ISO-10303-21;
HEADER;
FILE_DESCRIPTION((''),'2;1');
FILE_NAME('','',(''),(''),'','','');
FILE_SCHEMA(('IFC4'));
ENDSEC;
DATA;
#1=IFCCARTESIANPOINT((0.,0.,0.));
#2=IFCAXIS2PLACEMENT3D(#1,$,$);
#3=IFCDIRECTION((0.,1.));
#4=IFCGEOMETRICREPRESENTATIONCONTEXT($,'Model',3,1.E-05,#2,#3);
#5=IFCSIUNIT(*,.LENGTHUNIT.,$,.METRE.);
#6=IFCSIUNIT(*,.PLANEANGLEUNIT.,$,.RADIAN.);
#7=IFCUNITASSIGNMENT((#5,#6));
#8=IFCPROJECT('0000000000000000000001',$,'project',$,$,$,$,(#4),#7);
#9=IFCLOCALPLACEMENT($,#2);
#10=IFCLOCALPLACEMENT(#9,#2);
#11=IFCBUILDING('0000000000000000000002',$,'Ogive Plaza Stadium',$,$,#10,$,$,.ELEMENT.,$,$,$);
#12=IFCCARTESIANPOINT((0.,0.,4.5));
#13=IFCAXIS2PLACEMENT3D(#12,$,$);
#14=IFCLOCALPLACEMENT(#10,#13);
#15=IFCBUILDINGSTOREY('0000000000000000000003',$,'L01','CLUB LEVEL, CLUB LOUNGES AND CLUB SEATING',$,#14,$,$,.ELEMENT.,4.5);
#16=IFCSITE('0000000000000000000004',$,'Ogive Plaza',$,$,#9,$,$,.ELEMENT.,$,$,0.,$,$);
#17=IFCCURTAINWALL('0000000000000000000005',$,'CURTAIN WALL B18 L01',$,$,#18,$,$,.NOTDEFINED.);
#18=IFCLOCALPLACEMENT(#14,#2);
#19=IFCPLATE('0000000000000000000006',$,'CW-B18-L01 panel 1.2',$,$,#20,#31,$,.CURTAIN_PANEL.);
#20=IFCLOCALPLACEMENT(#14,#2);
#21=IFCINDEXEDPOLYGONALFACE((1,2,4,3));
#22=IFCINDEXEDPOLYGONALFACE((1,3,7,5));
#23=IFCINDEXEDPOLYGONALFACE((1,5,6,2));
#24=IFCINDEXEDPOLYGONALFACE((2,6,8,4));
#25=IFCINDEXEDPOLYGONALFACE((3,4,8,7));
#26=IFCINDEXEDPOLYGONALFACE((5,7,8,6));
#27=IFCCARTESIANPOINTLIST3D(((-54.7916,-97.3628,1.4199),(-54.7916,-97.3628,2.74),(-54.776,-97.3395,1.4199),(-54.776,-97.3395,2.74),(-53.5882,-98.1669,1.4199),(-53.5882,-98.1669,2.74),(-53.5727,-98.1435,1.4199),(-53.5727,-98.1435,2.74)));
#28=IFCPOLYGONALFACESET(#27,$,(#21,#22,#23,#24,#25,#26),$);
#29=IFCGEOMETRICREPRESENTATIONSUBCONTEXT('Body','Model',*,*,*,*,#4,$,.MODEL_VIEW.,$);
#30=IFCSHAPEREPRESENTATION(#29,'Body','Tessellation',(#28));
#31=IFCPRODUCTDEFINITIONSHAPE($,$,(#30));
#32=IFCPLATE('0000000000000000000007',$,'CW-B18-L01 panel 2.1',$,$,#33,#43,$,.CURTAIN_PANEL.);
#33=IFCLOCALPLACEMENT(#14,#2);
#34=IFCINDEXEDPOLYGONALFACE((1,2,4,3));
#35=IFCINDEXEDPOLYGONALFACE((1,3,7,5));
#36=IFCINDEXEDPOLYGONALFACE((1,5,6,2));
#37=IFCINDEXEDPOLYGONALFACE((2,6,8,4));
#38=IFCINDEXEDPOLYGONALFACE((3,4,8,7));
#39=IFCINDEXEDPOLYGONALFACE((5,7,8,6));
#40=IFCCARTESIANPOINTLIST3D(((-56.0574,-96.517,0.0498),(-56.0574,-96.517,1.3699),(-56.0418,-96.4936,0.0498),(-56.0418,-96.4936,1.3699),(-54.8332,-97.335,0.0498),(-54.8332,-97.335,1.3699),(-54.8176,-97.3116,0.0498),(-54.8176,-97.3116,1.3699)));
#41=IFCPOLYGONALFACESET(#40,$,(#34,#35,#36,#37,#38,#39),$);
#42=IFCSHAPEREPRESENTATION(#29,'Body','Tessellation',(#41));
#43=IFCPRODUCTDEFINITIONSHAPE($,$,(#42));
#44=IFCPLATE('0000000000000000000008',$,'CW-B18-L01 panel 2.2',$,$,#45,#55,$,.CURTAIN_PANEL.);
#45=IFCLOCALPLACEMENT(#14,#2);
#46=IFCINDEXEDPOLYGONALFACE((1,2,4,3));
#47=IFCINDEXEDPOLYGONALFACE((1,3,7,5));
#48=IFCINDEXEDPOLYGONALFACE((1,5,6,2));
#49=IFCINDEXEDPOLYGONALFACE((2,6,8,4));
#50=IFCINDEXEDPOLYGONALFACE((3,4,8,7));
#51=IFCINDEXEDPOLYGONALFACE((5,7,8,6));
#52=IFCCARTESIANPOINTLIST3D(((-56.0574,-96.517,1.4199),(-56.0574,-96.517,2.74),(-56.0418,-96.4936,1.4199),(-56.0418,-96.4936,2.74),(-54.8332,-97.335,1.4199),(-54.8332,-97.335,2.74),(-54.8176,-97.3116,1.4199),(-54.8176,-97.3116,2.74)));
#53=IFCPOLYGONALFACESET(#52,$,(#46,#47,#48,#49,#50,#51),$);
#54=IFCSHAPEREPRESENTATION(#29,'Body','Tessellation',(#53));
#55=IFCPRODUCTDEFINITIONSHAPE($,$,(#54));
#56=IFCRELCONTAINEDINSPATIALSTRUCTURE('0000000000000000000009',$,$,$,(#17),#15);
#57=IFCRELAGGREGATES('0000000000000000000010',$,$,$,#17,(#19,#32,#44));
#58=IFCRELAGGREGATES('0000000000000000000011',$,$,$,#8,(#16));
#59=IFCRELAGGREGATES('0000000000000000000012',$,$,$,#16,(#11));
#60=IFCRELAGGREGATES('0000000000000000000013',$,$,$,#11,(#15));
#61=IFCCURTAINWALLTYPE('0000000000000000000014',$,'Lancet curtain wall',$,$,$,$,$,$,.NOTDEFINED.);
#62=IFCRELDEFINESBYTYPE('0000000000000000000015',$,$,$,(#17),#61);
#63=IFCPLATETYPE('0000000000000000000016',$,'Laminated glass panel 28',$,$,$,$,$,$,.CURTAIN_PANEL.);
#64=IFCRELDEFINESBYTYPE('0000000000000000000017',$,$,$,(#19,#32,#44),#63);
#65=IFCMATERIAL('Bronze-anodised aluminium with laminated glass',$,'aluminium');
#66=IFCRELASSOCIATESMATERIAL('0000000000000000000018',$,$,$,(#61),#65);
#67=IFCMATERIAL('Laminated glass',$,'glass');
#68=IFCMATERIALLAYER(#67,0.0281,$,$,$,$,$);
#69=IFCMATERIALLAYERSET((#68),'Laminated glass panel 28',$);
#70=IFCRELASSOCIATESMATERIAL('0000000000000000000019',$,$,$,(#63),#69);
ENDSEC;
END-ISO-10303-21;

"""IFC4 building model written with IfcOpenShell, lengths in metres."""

from ifc_helpers import new_model, si_unit, direction, frame, origin, origin_2d, place, context, subcontext, project, spatial, rectangle, extrude, material, layer, layer_set, type_object, element, aggregate, save


model = new_model("IFC4")

# Units and contexts
model_context = context("Model", 3, precision=1e-05, world=origin(), true_north=direction((0.0, 1.0)))
body_context = subcontext(model_context, "Body", "Model", "MODEL_VIEW")
ifc_project = project(units=[si_unit("LENGTHUNIT", "METRE"), si_unit("PLANEANGLEUNIT", "RADIAN")], contexts=[model_context])

# Site, building, storey
site_placement = place(None, origin())
site = spatial("IfcSite", under=ifc_project, at=site_placement, Name="Ogive Plaza", CompositionType="ELEMENT", RefElevation=0.0)
building_placement = place(site_placement, origin())
building = spatial("IfcBuilding", under=site, at=building_placement, Name="Ogive Plaza Stadium", CompositionType="ELEMENT")
storey_placement = place(building_placement, frame((0.0, 0.0, 4.5)))
storey = spatial("IfcBuildingStorey", under=building, at=storey_placement, Name="L01", Description="CLUB LEVEL, CLUB LOUNGES AND CLUB SEATING", CompositionType="ELEMENT", Elevation=4.5)

# Curtain wall
ifc_material_1 = material(Name="Bronze-anodised aluminium with laminated glass", Category="aluminium")
curtain_wall_type = type_object("IfcCurtainWallType", Name="Lancet curtain wall", PredefinedType="NOTDEFINED", material=ifc_material_1)
curtain_wall_1_placement = place(storey_placement, origin())
curtain_wall_1 = element("IfcCurtainWall", 1, at=curtain_wall_1_placement, inside=storey, type_object=curtain_wall_type, Name="CURTAIN WALL B18 L01", PredefinedType="NOTDEFINED")

# Plates
ifc_material_2 = material(Name="Laminated glass", Category="glass")
ifc_layer = layer(ifc_material_2, 0.0281)
ifc_layer_set = layer_set([ifc_layer], Name="Laminated glass panel 28")
plate_type = type_object("IfcPlateType", Name="Laminated glass panel 28", PredefinedType="CURTAIN_PANEL", material=ifc_layer_set)
plate_1_placement = place(storey_placement, frame((-54.1821, -97.7532, 1.4199), z_axis=(0.0, 0.0, 1.0), x_axis=(-0.83147, 0.55557, 0.0)))
plate_1 = element("IfcPlate", 2, at=plate_1_placement, type_object=plate_type, Name="CW-B18-L01 panel 1.2", PredefinedType="CURTAIN_PANEL", context=body_context, shape_type="SweptSolid", body=[
    extrude(rectangle(XDim=1.4473, YDim=0.0281, at=origin_2d()), origin(), (0.0, 0.0, 1.0), 1.3201),
])
plate_2_placement = place(storey_placement, frame((-55.4375, -96.9143, 0.0498), z_axis=(0.0, 0.0, 1.0), x_axis=(-0.83147, 0.55557, 0.0)))
plate_2 = element("IfcPlate", 3, at=plate_2_placement, type_object=plate_type, Name="CW-B18-L01 panel 2.1", PredefinedType="CURTAIN_PANEL", context=body_context, shape_type="SweptSolid", body=[
    extrude(rectangle(XDim=1.4724, YDim=0.0281, at=origin_2d()), origin(), (0.0, 0.0, 1.0), 1.3201),
])
plate_3_placement = place(storey_placement, frame((-55.4375, -96.9143, 1.4199), z_axis=(0.0, 0.0, 1.0), x_axis=(-0.83147, 0.55557, 0.0)))
plate_3 = element("IfcPlate", 4, at=plate_3_placement, type_object=plate_type, Name="CW-B18-L01 panel 2.2", PredefinedType="CURTAIN_PANEL", context=body_context, shape_type="SweptSolid", body=[
    extrude(rectangle(XDim=1.4724, YDim=0.0281, at=origin_2d()), origin(), (0.0, 0.0, 1.0), 1.3201),
])
aggregate(curtain_wall_1, [plate_1, plate_2, plate_3])

save(model, "model.ifc")
